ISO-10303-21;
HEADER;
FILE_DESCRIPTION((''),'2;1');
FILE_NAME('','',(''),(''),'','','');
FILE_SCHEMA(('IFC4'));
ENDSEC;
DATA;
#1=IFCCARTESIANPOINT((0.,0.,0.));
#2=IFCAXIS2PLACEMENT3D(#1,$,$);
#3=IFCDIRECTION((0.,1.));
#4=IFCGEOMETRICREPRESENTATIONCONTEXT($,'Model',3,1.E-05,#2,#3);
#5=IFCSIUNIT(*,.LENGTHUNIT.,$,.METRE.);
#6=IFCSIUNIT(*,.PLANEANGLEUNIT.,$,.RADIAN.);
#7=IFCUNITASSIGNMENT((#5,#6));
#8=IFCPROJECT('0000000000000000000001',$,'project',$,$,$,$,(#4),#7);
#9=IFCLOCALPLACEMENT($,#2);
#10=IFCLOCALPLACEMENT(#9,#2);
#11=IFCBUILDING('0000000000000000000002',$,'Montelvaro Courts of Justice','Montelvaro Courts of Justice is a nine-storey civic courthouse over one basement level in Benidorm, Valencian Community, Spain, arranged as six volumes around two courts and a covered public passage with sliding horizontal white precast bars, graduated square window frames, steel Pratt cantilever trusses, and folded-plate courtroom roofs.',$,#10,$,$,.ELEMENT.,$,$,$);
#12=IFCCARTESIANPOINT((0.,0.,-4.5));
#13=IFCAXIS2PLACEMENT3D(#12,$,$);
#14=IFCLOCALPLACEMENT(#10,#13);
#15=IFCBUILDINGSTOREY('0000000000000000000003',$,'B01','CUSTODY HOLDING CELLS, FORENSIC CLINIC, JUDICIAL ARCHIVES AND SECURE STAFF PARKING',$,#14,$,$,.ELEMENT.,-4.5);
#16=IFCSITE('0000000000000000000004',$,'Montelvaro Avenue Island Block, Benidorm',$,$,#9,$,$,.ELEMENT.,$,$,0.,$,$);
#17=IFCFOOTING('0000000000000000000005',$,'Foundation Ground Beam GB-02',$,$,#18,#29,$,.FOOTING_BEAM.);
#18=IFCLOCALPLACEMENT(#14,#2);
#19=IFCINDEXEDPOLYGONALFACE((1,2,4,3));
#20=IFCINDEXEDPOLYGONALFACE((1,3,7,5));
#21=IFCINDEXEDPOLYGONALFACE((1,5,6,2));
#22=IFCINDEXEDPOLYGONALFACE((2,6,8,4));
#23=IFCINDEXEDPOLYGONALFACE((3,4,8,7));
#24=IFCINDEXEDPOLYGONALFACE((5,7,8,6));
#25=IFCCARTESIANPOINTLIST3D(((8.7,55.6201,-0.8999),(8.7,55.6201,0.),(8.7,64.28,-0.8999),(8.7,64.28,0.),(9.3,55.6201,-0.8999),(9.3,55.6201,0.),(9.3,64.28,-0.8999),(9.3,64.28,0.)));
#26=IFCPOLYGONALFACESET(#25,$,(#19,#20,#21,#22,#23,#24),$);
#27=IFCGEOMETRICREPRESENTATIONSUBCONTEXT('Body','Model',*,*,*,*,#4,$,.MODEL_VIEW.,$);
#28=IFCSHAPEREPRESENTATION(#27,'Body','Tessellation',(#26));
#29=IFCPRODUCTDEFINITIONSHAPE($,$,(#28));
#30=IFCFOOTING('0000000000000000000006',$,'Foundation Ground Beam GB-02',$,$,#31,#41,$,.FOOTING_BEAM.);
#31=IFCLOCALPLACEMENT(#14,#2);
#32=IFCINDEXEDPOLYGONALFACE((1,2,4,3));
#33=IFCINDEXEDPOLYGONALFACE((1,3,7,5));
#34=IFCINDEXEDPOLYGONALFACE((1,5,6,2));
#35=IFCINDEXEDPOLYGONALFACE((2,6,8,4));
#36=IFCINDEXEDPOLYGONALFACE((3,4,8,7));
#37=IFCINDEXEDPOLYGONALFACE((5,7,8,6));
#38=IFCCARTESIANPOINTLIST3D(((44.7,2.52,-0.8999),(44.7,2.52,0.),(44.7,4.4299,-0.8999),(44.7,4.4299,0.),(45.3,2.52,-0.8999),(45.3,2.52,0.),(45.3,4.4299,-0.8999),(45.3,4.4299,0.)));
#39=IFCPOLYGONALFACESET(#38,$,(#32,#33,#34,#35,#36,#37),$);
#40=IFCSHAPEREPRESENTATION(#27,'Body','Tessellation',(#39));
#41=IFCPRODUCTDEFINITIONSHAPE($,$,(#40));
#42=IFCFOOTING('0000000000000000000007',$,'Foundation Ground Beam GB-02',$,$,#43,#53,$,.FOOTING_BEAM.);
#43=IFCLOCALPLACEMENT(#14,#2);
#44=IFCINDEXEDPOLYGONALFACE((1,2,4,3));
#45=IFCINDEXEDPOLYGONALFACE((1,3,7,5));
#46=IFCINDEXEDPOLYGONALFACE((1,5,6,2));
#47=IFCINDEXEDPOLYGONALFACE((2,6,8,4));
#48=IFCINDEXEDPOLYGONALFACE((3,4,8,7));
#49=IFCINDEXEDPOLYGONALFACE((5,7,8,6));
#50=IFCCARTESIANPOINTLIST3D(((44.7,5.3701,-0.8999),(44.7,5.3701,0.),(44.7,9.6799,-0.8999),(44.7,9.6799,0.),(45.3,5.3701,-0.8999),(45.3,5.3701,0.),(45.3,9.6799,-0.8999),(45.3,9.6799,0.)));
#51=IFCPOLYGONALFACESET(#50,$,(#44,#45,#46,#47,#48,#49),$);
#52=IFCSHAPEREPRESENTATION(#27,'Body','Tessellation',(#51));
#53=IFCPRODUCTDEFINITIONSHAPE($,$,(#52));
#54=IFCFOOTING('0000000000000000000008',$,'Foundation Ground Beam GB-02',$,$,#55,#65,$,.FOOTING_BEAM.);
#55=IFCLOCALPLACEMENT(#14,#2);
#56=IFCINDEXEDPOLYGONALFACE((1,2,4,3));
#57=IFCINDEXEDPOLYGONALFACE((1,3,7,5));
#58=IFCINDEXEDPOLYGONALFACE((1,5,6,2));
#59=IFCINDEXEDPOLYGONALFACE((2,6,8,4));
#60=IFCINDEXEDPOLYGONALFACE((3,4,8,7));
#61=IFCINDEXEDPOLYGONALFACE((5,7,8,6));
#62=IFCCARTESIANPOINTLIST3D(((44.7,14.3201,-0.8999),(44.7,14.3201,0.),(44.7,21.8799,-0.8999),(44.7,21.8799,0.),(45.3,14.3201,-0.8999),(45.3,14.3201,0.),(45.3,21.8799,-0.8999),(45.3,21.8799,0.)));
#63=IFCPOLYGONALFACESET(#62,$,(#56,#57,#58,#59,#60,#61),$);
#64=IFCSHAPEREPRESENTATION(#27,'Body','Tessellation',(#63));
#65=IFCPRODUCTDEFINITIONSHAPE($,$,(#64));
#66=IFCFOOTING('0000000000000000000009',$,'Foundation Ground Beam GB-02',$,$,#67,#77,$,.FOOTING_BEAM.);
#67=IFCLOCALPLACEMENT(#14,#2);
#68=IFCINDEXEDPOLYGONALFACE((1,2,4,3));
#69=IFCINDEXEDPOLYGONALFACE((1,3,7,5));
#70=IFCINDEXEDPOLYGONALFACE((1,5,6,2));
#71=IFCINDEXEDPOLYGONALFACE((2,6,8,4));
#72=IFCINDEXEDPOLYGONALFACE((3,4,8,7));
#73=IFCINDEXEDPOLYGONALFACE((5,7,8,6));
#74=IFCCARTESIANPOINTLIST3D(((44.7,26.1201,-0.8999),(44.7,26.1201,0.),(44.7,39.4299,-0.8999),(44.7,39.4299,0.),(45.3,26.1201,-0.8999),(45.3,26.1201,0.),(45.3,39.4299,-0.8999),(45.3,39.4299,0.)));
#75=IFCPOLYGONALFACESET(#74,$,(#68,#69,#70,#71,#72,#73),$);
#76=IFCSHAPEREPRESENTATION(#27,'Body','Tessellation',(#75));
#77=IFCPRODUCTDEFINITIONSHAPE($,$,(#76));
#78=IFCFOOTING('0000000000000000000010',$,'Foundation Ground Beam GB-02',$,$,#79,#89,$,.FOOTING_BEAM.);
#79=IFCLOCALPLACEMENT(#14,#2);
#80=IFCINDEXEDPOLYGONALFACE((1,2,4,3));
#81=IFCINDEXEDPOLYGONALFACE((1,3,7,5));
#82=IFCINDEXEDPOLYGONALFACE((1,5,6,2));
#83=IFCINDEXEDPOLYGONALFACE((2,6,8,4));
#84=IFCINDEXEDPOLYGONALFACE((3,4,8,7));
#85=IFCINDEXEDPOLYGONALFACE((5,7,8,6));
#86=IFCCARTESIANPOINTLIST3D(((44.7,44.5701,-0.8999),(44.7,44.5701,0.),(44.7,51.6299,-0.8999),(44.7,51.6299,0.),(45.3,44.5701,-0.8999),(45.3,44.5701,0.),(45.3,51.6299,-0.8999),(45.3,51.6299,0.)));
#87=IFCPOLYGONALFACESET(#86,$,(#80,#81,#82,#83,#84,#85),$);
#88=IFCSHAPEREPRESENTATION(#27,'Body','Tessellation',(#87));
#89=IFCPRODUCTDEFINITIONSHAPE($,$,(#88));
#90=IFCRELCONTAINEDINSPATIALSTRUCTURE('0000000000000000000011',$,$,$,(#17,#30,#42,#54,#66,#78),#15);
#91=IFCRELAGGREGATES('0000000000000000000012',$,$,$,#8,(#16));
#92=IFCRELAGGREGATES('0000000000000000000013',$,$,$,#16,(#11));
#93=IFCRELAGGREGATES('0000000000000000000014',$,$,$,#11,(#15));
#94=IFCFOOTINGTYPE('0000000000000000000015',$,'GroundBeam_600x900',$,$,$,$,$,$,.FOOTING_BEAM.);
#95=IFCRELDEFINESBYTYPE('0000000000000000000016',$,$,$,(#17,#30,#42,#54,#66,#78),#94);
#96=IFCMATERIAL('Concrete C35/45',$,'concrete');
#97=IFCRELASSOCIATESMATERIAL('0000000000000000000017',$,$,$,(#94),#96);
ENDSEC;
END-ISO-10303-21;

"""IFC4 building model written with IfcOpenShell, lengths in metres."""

from ifc_helpers import new_model, si_unit, direction, frame, origin, place, context, subcontext, project, spatial, polyline, outline, extrude, material, type_object, element, save


model = new_model("IFC4")

# Units and contexts
model_context = context("Model", 3, precision=1e-05, world=origin(), true_north=direction((0.0, 1.0)))
body_context = subcontext(model_context, "Body", "Model", "MODEL_VIEW")
ifc_project = project(units=[si_unit("LENGTHUNIT", "METRE"), si_unit("PLANEANGLEUNIT", "RADIAN")], contexts=[model_context])

# Site, building, storey
site_placement = place(None, origin())
site = spatial("IfcSite", under=ifc_project, at=site_placement, Name="Montelvaro Avenue Island Block, Benidorm", CompositionType="ELEMENT", RefElevation=0.0)
building_placement = place(site_placement, origin())
building = spatial("IfcBuilding", under=site, at=building_placement, Name="Montelvaro Courts of Justice", Description="Montelvaro Courts of Justice is a nine-storey civic courthouse over one basement level in Benidorm, Valencian Community, Spain, arranged as six volumes around two courts and a covered public passage with sliding horizontal white precast bars, graduated square window frames, steel Pratt cantilever trusses, and folded-plate courtroom roofs.", CompositionType="ELEMENT")
storey_placement = place(building_placement, frame((0.0, 0.0, -4.5)))
storey = spatial("IfcBuildingStorey", under=building, at=storey_placement, Name="B01", Description="CUSTODY HOLDING CELLS, FORENSIC CLINIC, JUDICIAL ARCHIVES AND SECURE STAFF PARKING", CompositionType="ELEMENT", Elevation=-4.5)

# Footings
ifc_material = material(Name="Concrete C35/45", Category="concrete")
footing_type = type_object("IfcFootingType", Name="GroundBeam_600x900", PredefinedType="FOOTING_BEAM", material=ifc_material)
footing_1_placement = place(storey_placement, frame((0.0, 0.0, -0.8999)))
element("IfcFooting", 1, at=footing_1_placement, inside=storey, type_object=footing_type, Name="Foundation Ground Beam GB-02", PredefinedType="FOOTING_BEAM", context=body_context, shape_type="SweptSolid", body=[
    extrude(outline(polyline([(8.7, 55.6201), (9.3, 55.6201), (9.3, 64.28), (8.7, 64.28), (8.7, 55.6201)])), origin(), (0.0, 0.0, 1.0), 0.8999),
])
footing_2_placement = place(storey_placement, frame((0.0, 0.0, -0.8999)))
element("IfcFooting", 2, at=footing_2_placement, inside=storey, type_object=footing_type, Name="Foundation Ground Beam GB-02", PredefinedType="FOOTING_BEAM", context=body_context, shape_type="SweptSolid", body=[
    extrude(outline(polyline([(44.7, 2.52), (45.3, 2.52), (45.3, 4.4299), (44.7, 4.4299), (44.7, 2.52)])), origin(), (0.0, 0.0, 1.0), 0.8999),
])
footing_3_placement = place(storey_placement, frame((0.0, 0.0, -0.8999)))
element("IfcFooting", 3, at=footing_3_placement, inside=storey, type_object=footing_type, Name="Foundation Ground Beam GB-02", PredefinedType="FOOTING_BEAM", context=body_context, shape_type="SweptSolid", body=[
    extrude(outline(polyline([(44.7, 5.3701), (45.3, 5.3701), (45.3, 9.6799), (44.7, 9.6799), (44.7, 5.3701)])), origin(), (0.0, 0.0, 1.0), 0.8999),
])
footing_4_placement = place(storey_placement, frame((0.0, 0.0, -0.8999)))
element("IfcFooting", 4, at=footing_4_placement, inside=storey, type_object=footing_type, Name="Foundation Ground Beam GB-02", PredefinedType="FOOTING_BEAM", context=body_context, shape_type="SweptSolid", body=[
    extrude(outline(polyline([(44.7, 14.3201), (45.3, 14.3201), (45.3, 21.8799), (44.7, 21.8799), (44.7, 14.3201)])), origin(), (0.0, 0.0, 1.0), 0.8999),
])
footing_5_placement = place(storey_placement, frame((0.0, 0.0, -0.8999)))
element("IfcFooting", 5, at=footing_5_placement, inside=storey, type_object=footing_type, Name="Foundation Ground Beam GB-02", PredefinedType="FOOTING_BEAM", context=body_context, shape_type="SweptSolid", body=[
    extrude(outline(polyline([(44.7, 26.1201), (45.3, 26.1201), (45.3, 39.4299), (44.7, 39.4299), (44.7, 26.1201)])), origin(), (0.0, 0.0, 1.0), 0.8999),
])
footing_6_placement = place(storey_placement, frame((0.0, 0.0, -0.8999)))
element("IfcFooting", 6, at=footing_6_placement, inside=storey, type_object=footing_type, Name="Foundation Ground Beam GB-02", PredefinedType="FOOTING_BEAM", context=body_context, shape_type="SweptSolid", body=[
    extrude(outline(polyline([(44.7, 44.5701), (45.3, 44.5701), (45.3, 51.6299), (44.7, 51.6299), (44.7, 44.5701)])), origin(), (0.0, 0.0, 1.0), 0.8999),
])

save(model, "model.ifc")
